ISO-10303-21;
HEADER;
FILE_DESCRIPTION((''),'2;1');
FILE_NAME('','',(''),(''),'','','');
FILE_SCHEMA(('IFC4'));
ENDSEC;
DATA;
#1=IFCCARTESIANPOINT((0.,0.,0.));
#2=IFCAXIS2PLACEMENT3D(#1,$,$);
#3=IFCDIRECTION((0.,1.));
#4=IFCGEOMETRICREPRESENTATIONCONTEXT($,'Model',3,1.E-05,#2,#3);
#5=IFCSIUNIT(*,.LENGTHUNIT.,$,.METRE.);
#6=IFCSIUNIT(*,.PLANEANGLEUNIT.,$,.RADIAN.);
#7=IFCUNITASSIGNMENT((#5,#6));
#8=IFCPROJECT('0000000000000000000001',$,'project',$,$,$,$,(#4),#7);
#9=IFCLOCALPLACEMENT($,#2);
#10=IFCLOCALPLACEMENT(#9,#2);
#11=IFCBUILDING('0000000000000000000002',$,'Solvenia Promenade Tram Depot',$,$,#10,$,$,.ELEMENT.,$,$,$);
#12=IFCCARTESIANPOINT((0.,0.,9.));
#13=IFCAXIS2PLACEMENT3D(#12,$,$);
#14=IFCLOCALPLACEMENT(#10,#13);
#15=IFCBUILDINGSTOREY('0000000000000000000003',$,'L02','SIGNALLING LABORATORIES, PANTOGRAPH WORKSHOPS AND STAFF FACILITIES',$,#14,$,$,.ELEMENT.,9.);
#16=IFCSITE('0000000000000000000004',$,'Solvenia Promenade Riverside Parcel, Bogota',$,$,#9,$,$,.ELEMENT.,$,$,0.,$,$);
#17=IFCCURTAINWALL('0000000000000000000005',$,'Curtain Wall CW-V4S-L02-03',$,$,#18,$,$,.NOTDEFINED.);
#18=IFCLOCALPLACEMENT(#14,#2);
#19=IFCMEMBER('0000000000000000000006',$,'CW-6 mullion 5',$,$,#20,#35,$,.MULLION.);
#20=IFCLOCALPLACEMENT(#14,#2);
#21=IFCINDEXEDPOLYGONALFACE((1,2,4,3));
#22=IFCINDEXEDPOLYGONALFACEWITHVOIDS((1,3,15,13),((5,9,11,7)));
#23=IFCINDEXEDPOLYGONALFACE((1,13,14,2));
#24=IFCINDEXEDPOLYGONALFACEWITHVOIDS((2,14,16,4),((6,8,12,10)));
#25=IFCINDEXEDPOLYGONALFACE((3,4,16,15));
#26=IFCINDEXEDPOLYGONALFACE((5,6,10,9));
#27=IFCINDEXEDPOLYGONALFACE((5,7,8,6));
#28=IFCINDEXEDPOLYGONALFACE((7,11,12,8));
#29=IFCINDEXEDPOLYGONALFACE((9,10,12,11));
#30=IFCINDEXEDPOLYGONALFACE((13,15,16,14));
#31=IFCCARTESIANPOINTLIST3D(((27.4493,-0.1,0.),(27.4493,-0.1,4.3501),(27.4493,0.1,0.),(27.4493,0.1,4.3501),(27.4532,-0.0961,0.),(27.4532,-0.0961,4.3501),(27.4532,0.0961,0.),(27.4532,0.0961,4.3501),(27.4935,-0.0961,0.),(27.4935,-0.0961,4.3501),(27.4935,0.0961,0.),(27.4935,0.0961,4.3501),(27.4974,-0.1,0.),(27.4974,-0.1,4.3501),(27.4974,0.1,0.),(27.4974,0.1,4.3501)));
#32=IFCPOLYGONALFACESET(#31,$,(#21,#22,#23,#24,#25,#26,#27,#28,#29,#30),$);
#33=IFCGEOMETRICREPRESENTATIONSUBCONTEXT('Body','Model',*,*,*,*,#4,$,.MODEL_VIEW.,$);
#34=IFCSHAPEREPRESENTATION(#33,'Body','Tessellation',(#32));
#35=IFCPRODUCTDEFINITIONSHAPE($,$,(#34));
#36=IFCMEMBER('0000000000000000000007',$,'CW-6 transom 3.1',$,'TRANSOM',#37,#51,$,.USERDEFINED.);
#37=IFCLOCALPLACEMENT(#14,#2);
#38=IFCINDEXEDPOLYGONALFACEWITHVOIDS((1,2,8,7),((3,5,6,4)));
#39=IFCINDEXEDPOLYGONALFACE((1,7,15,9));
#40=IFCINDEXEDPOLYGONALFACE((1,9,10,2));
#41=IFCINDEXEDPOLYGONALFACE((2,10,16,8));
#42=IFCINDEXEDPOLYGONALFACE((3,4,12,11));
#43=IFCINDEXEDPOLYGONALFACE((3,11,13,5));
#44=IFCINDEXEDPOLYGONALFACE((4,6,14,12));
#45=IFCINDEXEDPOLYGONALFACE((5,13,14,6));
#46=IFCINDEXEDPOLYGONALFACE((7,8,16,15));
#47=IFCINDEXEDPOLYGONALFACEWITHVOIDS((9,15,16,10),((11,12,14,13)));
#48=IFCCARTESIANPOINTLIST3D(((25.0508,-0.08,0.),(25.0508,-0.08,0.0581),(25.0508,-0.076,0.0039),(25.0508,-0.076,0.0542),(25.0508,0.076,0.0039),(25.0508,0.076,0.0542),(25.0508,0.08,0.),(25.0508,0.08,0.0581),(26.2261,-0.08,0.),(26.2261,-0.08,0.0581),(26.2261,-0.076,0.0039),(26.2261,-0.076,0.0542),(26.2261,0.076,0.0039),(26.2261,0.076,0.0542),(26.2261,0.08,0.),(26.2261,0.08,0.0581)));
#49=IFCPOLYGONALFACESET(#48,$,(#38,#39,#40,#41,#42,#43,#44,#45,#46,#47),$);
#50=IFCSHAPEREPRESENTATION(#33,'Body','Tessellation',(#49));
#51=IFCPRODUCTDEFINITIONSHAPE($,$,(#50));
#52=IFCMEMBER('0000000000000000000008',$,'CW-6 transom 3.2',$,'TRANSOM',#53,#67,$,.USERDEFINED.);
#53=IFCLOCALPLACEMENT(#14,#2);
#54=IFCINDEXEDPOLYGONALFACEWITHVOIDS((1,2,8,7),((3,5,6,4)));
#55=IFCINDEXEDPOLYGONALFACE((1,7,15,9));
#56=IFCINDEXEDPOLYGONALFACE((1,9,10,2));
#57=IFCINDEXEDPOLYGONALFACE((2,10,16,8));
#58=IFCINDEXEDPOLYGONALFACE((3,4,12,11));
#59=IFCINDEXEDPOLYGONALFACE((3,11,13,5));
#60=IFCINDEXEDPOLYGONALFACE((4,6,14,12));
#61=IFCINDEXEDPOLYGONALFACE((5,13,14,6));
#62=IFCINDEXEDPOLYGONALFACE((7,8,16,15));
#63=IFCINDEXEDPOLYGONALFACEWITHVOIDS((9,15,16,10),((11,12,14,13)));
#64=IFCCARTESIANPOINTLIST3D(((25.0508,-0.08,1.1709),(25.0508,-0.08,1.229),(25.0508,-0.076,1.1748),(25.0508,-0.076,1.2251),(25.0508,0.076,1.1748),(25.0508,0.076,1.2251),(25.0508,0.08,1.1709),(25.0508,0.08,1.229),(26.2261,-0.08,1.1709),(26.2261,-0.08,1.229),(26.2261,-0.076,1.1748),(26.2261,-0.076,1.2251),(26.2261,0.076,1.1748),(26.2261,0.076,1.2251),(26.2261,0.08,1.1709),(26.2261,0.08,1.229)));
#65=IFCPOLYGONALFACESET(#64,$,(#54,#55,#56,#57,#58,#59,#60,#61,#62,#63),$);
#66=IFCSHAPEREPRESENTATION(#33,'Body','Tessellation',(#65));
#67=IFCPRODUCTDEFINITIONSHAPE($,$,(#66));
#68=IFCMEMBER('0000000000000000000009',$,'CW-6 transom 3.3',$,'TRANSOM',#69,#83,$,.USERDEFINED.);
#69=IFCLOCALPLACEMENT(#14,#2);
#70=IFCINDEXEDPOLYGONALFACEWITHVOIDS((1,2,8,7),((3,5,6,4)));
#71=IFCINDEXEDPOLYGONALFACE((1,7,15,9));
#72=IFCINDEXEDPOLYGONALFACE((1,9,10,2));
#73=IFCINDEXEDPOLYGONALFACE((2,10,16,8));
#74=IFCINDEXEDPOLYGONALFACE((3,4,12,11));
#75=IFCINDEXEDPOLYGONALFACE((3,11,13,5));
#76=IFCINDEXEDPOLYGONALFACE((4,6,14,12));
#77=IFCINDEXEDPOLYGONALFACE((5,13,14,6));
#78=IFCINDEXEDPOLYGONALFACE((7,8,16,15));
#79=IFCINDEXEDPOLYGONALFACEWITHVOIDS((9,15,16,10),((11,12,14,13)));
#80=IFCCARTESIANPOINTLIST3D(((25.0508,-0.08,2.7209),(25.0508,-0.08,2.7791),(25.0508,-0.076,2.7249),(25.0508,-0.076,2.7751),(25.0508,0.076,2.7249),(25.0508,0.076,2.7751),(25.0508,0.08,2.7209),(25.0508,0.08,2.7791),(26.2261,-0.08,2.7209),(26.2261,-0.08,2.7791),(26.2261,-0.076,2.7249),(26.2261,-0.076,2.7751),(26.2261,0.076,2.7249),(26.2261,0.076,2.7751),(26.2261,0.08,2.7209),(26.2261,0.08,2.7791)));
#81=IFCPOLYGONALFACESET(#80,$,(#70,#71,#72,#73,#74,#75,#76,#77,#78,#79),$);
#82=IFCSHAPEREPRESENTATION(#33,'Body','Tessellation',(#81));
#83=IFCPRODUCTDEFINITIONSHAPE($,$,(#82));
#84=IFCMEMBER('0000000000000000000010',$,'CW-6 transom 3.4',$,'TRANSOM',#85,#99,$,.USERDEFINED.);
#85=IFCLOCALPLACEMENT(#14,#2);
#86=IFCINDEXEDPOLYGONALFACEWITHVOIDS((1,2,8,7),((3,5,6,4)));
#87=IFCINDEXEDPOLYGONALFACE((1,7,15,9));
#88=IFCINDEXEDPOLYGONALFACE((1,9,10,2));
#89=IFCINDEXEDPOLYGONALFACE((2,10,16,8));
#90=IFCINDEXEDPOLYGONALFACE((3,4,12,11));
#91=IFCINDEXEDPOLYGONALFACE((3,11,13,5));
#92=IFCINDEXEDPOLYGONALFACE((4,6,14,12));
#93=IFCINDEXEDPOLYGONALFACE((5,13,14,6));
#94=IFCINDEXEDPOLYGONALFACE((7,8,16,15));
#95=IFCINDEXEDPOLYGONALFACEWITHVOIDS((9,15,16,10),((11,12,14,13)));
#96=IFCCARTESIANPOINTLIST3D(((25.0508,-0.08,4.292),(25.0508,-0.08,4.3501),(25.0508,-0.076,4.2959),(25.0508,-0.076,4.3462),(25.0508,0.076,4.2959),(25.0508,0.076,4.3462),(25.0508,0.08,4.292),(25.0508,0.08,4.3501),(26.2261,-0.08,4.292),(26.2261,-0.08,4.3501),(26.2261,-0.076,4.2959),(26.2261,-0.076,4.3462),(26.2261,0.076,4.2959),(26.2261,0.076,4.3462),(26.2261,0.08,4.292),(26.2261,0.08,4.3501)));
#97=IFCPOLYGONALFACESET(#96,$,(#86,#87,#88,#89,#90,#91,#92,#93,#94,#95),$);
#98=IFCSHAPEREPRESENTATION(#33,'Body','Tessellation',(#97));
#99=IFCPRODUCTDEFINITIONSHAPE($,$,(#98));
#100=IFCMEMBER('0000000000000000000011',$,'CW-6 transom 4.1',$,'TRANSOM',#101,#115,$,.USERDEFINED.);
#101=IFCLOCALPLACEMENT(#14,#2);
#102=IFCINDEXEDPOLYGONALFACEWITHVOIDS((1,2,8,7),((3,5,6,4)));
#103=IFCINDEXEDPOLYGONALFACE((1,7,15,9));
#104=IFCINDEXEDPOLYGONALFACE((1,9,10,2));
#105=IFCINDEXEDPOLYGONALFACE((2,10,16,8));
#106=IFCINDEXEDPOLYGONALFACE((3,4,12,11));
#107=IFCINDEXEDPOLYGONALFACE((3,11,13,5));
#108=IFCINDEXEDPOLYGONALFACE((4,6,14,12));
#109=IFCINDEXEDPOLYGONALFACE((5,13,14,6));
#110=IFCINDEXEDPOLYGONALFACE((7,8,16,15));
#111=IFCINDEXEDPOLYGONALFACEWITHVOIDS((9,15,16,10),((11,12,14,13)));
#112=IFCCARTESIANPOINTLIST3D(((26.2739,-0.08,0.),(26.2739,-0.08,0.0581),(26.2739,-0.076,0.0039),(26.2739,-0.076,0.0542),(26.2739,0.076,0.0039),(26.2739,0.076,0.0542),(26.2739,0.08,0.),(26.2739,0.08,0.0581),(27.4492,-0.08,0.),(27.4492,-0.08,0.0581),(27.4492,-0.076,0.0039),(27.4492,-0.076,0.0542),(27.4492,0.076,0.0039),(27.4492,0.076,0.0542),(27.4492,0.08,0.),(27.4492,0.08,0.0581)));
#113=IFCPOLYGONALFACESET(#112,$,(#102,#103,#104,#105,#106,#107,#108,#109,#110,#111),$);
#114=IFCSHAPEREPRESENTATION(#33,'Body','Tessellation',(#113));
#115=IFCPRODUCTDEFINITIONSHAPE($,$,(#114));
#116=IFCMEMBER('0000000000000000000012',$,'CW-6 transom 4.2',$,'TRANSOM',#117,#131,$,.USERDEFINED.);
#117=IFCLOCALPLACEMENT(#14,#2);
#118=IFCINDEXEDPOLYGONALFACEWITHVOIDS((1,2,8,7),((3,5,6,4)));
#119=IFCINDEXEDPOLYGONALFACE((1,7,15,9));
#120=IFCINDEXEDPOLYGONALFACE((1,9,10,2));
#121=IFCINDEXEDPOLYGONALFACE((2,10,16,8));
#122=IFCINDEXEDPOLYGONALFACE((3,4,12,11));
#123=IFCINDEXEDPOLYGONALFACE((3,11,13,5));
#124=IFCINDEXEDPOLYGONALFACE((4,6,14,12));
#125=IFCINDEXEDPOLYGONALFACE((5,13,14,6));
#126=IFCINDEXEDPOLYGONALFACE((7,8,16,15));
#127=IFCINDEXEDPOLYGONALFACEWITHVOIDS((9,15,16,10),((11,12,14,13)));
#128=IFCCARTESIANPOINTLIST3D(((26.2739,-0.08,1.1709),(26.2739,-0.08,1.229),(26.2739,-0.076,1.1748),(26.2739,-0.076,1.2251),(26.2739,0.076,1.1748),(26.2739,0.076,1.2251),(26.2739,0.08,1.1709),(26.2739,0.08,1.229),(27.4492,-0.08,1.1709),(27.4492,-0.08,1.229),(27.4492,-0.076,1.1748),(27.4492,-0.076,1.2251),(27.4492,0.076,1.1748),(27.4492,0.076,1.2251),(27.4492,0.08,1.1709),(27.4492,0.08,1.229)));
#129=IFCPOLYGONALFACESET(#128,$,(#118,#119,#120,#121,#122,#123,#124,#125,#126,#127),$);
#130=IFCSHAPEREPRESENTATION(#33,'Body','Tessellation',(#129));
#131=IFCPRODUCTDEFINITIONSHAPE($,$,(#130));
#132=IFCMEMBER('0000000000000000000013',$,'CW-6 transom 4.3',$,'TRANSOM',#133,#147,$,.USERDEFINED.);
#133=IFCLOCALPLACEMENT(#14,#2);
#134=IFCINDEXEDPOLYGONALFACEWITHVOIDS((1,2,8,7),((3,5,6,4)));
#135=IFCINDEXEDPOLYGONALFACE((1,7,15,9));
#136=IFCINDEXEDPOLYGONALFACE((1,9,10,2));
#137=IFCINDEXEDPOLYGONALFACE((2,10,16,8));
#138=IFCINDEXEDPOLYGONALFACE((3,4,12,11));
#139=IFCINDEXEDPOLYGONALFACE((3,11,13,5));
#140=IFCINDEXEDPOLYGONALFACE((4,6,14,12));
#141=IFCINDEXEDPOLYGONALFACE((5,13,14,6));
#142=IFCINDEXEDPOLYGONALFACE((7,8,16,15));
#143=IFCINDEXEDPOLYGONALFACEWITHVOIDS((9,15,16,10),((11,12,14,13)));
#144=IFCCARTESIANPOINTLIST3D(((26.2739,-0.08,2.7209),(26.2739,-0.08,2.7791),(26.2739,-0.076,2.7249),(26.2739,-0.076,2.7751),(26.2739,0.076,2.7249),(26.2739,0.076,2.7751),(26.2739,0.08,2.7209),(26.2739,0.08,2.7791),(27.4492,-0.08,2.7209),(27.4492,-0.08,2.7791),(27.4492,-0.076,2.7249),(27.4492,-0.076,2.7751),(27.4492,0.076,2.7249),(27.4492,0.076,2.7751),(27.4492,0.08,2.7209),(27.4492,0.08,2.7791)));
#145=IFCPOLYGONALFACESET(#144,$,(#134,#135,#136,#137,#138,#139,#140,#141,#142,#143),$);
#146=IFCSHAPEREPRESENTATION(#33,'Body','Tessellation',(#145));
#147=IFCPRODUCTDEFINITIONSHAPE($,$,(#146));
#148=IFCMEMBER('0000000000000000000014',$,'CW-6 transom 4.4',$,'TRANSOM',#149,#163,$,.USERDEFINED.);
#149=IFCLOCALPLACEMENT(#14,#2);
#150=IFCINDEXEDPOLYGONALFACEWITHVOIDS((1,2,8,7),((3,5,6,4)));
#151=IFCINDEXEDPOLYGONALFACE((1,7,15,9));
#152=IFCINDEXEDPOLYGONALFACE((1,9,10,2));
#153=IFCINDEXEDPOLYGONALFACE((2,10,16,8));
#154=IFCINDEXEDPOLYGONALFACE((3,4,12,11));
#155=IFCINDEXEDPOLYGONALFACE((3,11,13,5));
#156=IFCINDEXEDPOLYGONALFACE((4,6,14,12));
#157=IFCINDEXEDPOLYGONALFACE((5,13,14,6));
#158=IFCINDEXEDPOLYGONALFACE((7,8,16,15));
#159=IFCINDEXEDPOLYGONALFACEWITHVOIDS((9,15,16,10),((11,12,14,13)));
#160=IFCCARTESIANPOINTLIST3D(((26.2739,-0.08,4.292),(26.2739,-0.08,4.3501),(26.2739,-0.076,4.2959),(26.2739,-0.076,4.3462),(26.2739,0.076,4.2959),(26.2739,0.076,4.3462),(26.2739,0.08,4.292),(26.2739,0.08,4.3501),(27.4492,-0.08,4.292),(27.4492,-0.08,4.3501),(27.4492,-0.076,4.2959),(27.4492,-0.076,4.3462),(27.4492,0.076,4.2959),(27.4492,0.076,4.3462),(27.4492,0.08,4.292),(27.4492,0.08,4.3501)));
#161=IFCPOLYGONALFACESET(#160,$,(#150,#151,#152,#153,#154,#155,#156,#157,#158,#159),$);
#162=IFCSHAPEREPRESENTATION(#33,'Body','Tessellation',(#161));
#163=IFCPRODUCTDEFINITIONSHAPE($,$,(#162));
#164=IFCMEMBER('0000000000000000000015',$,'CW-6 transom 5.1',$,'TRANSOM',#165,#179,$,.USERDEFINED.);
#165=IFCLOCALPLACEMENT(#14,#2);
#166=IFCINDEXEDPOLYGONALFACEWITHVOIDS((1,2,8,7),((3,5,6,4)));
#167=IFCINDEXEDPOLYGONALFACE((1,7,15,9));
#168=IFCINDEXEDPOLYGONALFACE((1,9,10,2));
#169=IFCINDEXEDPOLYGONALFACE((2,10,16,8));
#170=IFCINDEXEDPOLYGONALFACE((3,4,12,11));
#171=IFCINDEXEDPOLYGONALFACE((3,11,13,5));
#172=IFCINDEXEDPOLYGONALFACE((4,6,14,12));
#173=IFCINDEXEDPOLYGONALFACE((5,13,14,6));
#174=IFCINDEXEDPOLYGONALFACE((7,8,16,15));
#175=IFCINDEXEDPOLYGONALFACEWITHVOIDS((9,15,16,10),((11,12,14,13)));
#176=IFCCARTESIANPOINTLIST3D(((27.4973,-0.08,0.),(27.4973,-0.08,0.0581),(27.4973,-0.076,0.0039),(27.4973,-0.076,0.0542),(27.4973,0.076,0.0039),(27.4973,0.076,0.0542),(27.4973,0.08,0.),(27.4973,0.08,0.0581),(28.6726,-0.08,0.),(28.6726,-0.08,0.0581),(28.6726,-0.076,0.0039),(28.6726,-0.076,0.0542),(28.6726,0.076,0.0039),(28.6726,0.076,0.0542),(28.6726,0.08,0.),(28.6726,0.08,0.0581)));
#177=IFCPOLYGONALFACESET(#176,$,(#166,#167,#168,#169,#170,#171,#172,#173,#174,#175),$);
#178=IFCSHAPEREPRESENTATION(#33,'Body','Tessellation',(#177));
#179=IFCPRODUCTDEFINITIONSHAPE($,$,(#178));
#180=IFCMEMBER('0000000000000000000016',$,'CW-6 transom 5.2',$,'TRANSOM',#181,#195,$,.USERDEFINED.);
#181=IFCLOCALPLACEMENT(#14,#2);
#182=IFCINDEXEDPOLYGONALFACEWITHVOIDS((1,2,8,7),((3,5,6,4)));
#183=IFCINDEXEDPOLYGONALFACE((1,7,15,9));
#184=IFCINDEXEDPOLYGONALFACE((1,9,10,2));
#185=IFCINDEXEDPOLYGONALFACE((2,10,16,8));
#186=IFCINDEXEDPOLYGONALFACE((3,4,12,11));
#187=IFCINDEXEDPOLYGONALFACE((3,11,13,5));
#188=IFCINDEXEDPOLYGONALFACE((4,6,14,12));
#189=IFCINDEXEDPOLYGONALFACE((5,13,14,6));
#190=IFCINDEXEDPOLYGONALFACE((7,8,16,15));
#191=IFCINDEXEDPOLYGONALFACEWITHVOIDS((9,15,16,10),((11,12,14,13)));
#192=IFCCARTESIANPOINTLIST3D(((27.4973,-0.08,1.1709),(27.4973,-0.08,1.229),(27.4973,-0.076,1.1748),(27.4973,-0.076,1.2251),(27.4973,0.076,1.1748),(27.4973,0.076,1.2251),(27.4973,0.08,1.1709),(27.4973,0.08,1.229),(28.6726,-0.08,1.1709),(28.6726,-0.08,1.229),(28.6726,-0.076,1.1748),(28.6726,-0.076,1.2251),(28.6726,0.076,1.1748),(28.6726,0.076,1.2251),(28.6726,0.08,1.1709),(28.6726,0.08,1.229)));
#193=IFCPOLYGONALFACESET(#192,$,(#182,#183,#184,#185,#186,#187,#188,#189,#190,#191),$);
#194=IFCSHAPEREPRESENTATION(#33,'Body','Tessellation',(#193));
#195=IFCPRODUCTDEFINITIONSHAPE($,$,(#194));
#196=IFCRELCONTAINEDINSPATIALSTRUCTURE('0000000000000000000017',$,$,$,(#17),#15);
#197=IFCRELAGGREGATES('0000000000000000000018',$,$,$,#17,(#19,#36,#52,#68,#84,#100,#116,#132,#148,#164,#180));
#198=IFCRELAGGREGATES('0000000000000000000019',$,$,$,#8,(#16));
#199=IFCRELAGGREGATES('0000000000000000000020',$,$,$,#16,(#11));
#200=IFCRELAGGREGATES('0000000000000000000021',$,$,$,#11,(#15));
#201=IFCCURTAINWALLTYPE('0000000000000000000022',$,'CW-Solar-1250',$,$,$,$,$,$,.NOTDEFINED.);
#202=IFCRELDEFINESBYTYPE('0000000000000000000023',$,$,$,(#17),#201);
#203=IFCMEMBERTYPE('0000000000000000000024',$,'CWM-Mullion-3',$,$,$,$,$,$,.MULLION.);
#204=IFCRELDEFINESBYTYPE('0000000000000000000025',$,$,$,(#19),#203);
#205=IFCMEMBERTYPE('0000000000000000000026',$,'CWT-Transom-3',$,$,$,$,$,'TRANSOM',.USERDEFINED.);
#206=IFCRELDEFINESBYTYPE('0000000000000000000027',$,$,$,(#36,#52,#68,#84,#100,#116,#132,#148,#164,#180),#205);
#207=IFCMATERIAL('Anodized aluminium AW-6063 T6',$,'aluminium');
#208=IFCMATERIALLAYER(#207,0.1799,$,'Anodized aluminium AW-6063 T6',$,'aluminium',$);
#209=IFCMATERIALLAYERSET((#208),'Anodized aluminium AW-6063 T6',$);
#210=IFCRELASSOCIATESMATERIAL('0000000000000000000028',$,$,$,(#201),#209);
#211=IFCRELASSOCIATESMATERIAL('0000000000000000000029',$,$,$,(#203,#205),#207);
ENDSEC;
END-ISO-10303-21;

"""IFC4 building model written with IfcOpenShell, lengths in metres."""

from ifc_helpers import new_model, si_unit, direction, frame, origin, origin_2d, place, context, subcontext, project, spatial, hollow_rectangle, extrude, material, layer, layer_set, material_profile, profile_set, type_object, element, aggregate, save


model = new_model("IFC4")

# Units and contexts
model_context = context("Model", 3, precision=1e-05, world=origin(), true_north=direction((0.0, 1.0)))
body_context = subcontext(model_context, "Body", "Model", "MODEL_VIEW")
ifc_project = project(units=[si_unit("LENGTHUNIT", "METRE"), si_unit("PLANEANGLEUNIT", "RADIAN")], contexts=[model_context])

# Site, building, storey
site_placement = place(None, origin())
site = spatial("IfcSite", under=ifc_project, at=site_placement, Name="Solvenia Promenade Riverside Parcel, Bogota", CompositionType="ELEMENT", RefElevation=0.0)
building_placement = place(site_placement, origin())
building = spatial("IfcBuilding", under=site, at=building_placement, Name="Solvenia Promenade Tram Depot", CompositionType="ELEMENT")
storey_placement = place(building_placement, frame((0.0, 0.0, 9.0)))
storey = spatial("IfcBuildingStorey", under=building, at=storey_placement, Name="L02", Description="SIGNALLING LABORATORIES, PANTOGRAPH WORKSHOPS AND STAFF FACILITIES", CompositionType="ELEMENT", Elevation=9.0)

# Curtain wall, members
ifc_material_1 = material(Name="Anodized aluminium AW-6063 T6", Category="aluminium")
ifc_layer_1 = layer(ifc_material_1, 0.1799, Name="Anodized aluminium AW-6063 T6", Category="aluminium")
ifc_layer_set_1 = layer_set([ifc_layer_1], Name="Anodized aluminium AW-6063 T6")
curtain_wall_type = type_object("IfcCurtainWallType", Name="CW-Solar-1250", PredefinedType="NOTDEFINED", material=ifc_layer_set_1)
curtain_wall_placement = place(storey_placement, origin())
curtain_wall = element("IfcCurtainWall", 1, at=curtain_wall_placement, inside=storey, type_object=curtain_wall_type, Name="Curtain Wall CW-V4S-L02-03", PredefinedType="NOTDEFINED")
ifc_material_profile_1 = material_profile(ifc_material_1, hollow_rectangle(XDim=0.2, YDim=0.0481, WallThickness=0.0039, at=origin_2d()), Name="ALU-M3", Category="aluminium")
ifc_profile_set_1 = profile_set([ifc_material_profile_1], Name="Anodized aluminium AW-6063 T6")
member_type_1 = type_object("IfcMemberType", Name="CWM-Mullion-3", PredefinedType="MULLION", material=ifc_profile_set_1)
member_1_placement = place(storey_placement, frame((27.4734, 0.0, 0.0), z_axis=(0.0, 0.0, 1.0), x_axis=(0.0, 1.0, 0.0)))
member_1 = element("IfcMember", 2, at=member_1_placement, type_object=member_type_1, Name="CW-6 mullion 5", PredefinedType="MULLION", context=body_context, shape_type="SweptSolid", body=[
    extrude(hollow_rectangle(XDim=0.2, YDim=0.0481, WallThickness=0.0039, at=origin_2d()), origin(), (0.0, 0.0, 1.0), 4.3501),
])
ifc_material_profile_2 = material_profile(ifc_material_1, hollow_rectangle(XDim=0.1599, YDim=0.0581, WallThickness=0.0039, at=origin_2d()), Name="ALU-T3", Category="aluminium")
ifc_profile_set_2 = profile_set([ifc_material_profile_2], Name="Anodized aluminium AW-6063 T6")
member_type_2 = type_object("IfcMemberType", Name="CWT-Transom-3", ElementType="TRANSOM", PredefinedType="USERDEFINED", material=ifc_profile_set_2)
member_2_placement = place(storey_placement, frame((25.0508, 0.0, 0.0291), z_axis=(1.0, 0.0, 0.0), x_axis=(0.0, 1.0, 0.0)))
member_2 = element("IfcMember", 3, at=member_2_placement, type_object=member_type_2, Name="CW-6 transom 3.1", ObjectType="TRANSOM", PredefinedType="USERDEFINED", context=body_context, shape_type="SweptSolid", body=[
    extrude(hollow_rectangle(XDim=0.1599, YDim=0.0581, WallThickness=0.0039, at=origin_2d()), origin(), (0.0, 0.0, 1.0), 1.1753),
])
member_3_placement = place(storey_placement, frame((25.0508, 0.0, 1.2), z_axis=(1.0, 0.0, 0.0), x_axis=(0.0, 1.0, 0.0)))
member_3 = element("IfcMember", 4, at=member_3_placement, type_object=member_type_2, Name="CW-6 transom 3.2", ObjectType="TRANSOM", PredefinedType="USERDEFINED", context=body_context, shape_type="SweptSolid", body=[
    extrude(hollow_rectangle(XDim=0.1599, YDim=0.0581, WallThickness=0.0039, at=origin_2d()), origin(), (0.0, 0.0, 1.0), 1.1753),
])
member_4_placement = place(storey_placement, frame((25.0508, 0.0, 2.75), z_axis=(1.0, 0.0, 0.0), x_axis=(0.0, 1.0, 0.0)))
member_4 = element("IfcMember", 5, at=member_4_placement, type_object=member_type_2, Name="CW-6 transom 3.3", ObjectType="TRANSOM", PredefinedType="USERDEFINED", context=body_context, shape_type="SweptSolid", body=[
    extrude(hollow_rectangle(XDim=0.1599, YDim=0.0581, WallThickness=0.0039, at=origin_2d()), origin(), (0.0, 0.0, 1.0), 1.1753),
])
member_5_placement = place(storey_placement, frame((25.0508, 0.0, 4.321), z_axis=(1.0, 0.0, 0.0), x_axis=(0.0, 1.0, 0.0)))
member_5 = element("IfcMember", 6, at=member_5_placement, type_object=member_type_2, Name="CW-6 transom 3.4", ObjectType="TRANSOM", PredefinedType="USERDEFINED", context=body_context, shape_type="SweptSolid", body=[
    extrude(hollow_rectangle(XDim=0.1599, YDim=0.0581, WallThickness=0.0039, at=origin_2d()), origin(), (0.0, 0.0, 1.0), 1.1753),
])
member_6_placement = place(storey_placement, frame((26.2739, 0.0, 0.0291), z_axis=(1.0, 0.0, 0.0), x_axis=(0.0, 1.0, 0.0)))
member_6 = element("IfcMember", 7, at=member_6_placement, type_object=member_type_2, Name="CW-6 transom 4.1", ObjectType="TRANSOM", PredefinedType="USERDEFINED", context=body_context, shape_type="SweptSolid", body=[
    extrude(hollow_rectangle(XDim=0.1599, YDim=0.0581, WallThickness=0.0039, at=origin_2d()), origin(), (0.0, 0.0, 1.0), 1.1753),
])
member_7_placement = place(storey_placement, frame((26.2739, 0.0, 1.2), z_axis=(1.0, 0.0, 0.0), x_axis=(0.0, 1.0, 0.0)))
member_7 = element("IfcMember", 8, at=member_7_placement, type_object=member_type_2, Name="CW-6 transom 4.2", ObjectType="TRANSOM", PredefinedType="USERDEFINED", context=body_context, shape_type="SweptSolid", body=[
    extrude(hollow_rectangle(XDim=0.1599, YDim=0.0581, WallThickness=0.0039, at=origin_2d()), origin(), (0.0, 0.0, 1.0), 1.1753),
])
member_8_placement = place(storey_placement, frame((26.2739, 0.0, 2.75), z_axis=(1.0, 0.0, 0.0), x_axis=(0.0, 1.0, 0.0)))
member_8 = element("IfcMember", 9, at=member_8_placement, type_object=member_type_2, Name="CW-6 transom 4.3", ObjectType="TRANSOM", PredefinedType="USERDEFINED", context=body_context, shape_type="SweptSolid", body=[
    extrude(hollow_rectangle(XDim=0.1599, YDim=0.0581, WallThickness=0.0039, at=origin_2d()), origin(), (0.0, 0.0, 1.0), 1.1753),
])
member_9_placement = place(storey_placement, frame((26.2739, 0.0, 4.321), z_axis=(1.0, 0.0, 0.0), x_axis=(0.0, 1.0, 0.0)))
member_9 = element("IfcMember", 10, at=member_9_placement, type_object=member_type_2, Name="CW-6 transom 4.4", ObjectType="TRANSOM", PredefinedType="USERDEFINED", context=body_context, shape_type="SweptSolid", body=[
    extrude(hollow_rectangle(XDim=0.1599, YDim=0.0581, WallThickness=0.0039, at=origin_2d()), origin(), (0.0, 0.0, 1.0), 1.1753),
])
member_10_placement = place(storey_placement, frame((27.4973, 0.0, 0.0291), z_axis=(1.0, 0.0, 0.0), x_axis=(0.0, 1.0, 0.0)))
member_10 = element("IfcMember", 11, at=member_10_placement, type_object=member_type_2, Name="CW-6 transom 5.1", ObjectType="TRANSOM", PredefinedType="USERDEFINED", context=body_context, shape_type="SweptSolid", body=[
    extrude(hollow_rectangle(XDim=0.1599, YDim=0.0581, WallThickness=0.0039, at=origin_2d()), origin(), (0.0, 0.0, 1.0), 1.1753),
])
member_11_placement = place(storey_placement, frame((27.4973, 0.0, 1.2), z_axis=(1.0, 0.0, 0.0), x_axis=(0.0, 1.0, 0.0)))
member_11 = element("IfcMember", 12, at=member_11_placement, type_object=member_type_2, Name="CW-6 transom 5.2", ObjectType="TRANSOM", PredefinedType="USERDEFINED", context=body_context, shape_type="SweptSolid", body=[
    extrude(hollow_rectangle(XDim=0.1599, YDim=0.0581, WallThickness=0.0039, at=origin_2d()), origin(), (0.0, 0.0, 1.0), 1.1753),
])

aggregate(curtain_wall, [member_1, member_2, member_3, member_4, member_5, member_6, member_7, member_8, member_9, member_10, member_11])

save(model, "model.ifc")
